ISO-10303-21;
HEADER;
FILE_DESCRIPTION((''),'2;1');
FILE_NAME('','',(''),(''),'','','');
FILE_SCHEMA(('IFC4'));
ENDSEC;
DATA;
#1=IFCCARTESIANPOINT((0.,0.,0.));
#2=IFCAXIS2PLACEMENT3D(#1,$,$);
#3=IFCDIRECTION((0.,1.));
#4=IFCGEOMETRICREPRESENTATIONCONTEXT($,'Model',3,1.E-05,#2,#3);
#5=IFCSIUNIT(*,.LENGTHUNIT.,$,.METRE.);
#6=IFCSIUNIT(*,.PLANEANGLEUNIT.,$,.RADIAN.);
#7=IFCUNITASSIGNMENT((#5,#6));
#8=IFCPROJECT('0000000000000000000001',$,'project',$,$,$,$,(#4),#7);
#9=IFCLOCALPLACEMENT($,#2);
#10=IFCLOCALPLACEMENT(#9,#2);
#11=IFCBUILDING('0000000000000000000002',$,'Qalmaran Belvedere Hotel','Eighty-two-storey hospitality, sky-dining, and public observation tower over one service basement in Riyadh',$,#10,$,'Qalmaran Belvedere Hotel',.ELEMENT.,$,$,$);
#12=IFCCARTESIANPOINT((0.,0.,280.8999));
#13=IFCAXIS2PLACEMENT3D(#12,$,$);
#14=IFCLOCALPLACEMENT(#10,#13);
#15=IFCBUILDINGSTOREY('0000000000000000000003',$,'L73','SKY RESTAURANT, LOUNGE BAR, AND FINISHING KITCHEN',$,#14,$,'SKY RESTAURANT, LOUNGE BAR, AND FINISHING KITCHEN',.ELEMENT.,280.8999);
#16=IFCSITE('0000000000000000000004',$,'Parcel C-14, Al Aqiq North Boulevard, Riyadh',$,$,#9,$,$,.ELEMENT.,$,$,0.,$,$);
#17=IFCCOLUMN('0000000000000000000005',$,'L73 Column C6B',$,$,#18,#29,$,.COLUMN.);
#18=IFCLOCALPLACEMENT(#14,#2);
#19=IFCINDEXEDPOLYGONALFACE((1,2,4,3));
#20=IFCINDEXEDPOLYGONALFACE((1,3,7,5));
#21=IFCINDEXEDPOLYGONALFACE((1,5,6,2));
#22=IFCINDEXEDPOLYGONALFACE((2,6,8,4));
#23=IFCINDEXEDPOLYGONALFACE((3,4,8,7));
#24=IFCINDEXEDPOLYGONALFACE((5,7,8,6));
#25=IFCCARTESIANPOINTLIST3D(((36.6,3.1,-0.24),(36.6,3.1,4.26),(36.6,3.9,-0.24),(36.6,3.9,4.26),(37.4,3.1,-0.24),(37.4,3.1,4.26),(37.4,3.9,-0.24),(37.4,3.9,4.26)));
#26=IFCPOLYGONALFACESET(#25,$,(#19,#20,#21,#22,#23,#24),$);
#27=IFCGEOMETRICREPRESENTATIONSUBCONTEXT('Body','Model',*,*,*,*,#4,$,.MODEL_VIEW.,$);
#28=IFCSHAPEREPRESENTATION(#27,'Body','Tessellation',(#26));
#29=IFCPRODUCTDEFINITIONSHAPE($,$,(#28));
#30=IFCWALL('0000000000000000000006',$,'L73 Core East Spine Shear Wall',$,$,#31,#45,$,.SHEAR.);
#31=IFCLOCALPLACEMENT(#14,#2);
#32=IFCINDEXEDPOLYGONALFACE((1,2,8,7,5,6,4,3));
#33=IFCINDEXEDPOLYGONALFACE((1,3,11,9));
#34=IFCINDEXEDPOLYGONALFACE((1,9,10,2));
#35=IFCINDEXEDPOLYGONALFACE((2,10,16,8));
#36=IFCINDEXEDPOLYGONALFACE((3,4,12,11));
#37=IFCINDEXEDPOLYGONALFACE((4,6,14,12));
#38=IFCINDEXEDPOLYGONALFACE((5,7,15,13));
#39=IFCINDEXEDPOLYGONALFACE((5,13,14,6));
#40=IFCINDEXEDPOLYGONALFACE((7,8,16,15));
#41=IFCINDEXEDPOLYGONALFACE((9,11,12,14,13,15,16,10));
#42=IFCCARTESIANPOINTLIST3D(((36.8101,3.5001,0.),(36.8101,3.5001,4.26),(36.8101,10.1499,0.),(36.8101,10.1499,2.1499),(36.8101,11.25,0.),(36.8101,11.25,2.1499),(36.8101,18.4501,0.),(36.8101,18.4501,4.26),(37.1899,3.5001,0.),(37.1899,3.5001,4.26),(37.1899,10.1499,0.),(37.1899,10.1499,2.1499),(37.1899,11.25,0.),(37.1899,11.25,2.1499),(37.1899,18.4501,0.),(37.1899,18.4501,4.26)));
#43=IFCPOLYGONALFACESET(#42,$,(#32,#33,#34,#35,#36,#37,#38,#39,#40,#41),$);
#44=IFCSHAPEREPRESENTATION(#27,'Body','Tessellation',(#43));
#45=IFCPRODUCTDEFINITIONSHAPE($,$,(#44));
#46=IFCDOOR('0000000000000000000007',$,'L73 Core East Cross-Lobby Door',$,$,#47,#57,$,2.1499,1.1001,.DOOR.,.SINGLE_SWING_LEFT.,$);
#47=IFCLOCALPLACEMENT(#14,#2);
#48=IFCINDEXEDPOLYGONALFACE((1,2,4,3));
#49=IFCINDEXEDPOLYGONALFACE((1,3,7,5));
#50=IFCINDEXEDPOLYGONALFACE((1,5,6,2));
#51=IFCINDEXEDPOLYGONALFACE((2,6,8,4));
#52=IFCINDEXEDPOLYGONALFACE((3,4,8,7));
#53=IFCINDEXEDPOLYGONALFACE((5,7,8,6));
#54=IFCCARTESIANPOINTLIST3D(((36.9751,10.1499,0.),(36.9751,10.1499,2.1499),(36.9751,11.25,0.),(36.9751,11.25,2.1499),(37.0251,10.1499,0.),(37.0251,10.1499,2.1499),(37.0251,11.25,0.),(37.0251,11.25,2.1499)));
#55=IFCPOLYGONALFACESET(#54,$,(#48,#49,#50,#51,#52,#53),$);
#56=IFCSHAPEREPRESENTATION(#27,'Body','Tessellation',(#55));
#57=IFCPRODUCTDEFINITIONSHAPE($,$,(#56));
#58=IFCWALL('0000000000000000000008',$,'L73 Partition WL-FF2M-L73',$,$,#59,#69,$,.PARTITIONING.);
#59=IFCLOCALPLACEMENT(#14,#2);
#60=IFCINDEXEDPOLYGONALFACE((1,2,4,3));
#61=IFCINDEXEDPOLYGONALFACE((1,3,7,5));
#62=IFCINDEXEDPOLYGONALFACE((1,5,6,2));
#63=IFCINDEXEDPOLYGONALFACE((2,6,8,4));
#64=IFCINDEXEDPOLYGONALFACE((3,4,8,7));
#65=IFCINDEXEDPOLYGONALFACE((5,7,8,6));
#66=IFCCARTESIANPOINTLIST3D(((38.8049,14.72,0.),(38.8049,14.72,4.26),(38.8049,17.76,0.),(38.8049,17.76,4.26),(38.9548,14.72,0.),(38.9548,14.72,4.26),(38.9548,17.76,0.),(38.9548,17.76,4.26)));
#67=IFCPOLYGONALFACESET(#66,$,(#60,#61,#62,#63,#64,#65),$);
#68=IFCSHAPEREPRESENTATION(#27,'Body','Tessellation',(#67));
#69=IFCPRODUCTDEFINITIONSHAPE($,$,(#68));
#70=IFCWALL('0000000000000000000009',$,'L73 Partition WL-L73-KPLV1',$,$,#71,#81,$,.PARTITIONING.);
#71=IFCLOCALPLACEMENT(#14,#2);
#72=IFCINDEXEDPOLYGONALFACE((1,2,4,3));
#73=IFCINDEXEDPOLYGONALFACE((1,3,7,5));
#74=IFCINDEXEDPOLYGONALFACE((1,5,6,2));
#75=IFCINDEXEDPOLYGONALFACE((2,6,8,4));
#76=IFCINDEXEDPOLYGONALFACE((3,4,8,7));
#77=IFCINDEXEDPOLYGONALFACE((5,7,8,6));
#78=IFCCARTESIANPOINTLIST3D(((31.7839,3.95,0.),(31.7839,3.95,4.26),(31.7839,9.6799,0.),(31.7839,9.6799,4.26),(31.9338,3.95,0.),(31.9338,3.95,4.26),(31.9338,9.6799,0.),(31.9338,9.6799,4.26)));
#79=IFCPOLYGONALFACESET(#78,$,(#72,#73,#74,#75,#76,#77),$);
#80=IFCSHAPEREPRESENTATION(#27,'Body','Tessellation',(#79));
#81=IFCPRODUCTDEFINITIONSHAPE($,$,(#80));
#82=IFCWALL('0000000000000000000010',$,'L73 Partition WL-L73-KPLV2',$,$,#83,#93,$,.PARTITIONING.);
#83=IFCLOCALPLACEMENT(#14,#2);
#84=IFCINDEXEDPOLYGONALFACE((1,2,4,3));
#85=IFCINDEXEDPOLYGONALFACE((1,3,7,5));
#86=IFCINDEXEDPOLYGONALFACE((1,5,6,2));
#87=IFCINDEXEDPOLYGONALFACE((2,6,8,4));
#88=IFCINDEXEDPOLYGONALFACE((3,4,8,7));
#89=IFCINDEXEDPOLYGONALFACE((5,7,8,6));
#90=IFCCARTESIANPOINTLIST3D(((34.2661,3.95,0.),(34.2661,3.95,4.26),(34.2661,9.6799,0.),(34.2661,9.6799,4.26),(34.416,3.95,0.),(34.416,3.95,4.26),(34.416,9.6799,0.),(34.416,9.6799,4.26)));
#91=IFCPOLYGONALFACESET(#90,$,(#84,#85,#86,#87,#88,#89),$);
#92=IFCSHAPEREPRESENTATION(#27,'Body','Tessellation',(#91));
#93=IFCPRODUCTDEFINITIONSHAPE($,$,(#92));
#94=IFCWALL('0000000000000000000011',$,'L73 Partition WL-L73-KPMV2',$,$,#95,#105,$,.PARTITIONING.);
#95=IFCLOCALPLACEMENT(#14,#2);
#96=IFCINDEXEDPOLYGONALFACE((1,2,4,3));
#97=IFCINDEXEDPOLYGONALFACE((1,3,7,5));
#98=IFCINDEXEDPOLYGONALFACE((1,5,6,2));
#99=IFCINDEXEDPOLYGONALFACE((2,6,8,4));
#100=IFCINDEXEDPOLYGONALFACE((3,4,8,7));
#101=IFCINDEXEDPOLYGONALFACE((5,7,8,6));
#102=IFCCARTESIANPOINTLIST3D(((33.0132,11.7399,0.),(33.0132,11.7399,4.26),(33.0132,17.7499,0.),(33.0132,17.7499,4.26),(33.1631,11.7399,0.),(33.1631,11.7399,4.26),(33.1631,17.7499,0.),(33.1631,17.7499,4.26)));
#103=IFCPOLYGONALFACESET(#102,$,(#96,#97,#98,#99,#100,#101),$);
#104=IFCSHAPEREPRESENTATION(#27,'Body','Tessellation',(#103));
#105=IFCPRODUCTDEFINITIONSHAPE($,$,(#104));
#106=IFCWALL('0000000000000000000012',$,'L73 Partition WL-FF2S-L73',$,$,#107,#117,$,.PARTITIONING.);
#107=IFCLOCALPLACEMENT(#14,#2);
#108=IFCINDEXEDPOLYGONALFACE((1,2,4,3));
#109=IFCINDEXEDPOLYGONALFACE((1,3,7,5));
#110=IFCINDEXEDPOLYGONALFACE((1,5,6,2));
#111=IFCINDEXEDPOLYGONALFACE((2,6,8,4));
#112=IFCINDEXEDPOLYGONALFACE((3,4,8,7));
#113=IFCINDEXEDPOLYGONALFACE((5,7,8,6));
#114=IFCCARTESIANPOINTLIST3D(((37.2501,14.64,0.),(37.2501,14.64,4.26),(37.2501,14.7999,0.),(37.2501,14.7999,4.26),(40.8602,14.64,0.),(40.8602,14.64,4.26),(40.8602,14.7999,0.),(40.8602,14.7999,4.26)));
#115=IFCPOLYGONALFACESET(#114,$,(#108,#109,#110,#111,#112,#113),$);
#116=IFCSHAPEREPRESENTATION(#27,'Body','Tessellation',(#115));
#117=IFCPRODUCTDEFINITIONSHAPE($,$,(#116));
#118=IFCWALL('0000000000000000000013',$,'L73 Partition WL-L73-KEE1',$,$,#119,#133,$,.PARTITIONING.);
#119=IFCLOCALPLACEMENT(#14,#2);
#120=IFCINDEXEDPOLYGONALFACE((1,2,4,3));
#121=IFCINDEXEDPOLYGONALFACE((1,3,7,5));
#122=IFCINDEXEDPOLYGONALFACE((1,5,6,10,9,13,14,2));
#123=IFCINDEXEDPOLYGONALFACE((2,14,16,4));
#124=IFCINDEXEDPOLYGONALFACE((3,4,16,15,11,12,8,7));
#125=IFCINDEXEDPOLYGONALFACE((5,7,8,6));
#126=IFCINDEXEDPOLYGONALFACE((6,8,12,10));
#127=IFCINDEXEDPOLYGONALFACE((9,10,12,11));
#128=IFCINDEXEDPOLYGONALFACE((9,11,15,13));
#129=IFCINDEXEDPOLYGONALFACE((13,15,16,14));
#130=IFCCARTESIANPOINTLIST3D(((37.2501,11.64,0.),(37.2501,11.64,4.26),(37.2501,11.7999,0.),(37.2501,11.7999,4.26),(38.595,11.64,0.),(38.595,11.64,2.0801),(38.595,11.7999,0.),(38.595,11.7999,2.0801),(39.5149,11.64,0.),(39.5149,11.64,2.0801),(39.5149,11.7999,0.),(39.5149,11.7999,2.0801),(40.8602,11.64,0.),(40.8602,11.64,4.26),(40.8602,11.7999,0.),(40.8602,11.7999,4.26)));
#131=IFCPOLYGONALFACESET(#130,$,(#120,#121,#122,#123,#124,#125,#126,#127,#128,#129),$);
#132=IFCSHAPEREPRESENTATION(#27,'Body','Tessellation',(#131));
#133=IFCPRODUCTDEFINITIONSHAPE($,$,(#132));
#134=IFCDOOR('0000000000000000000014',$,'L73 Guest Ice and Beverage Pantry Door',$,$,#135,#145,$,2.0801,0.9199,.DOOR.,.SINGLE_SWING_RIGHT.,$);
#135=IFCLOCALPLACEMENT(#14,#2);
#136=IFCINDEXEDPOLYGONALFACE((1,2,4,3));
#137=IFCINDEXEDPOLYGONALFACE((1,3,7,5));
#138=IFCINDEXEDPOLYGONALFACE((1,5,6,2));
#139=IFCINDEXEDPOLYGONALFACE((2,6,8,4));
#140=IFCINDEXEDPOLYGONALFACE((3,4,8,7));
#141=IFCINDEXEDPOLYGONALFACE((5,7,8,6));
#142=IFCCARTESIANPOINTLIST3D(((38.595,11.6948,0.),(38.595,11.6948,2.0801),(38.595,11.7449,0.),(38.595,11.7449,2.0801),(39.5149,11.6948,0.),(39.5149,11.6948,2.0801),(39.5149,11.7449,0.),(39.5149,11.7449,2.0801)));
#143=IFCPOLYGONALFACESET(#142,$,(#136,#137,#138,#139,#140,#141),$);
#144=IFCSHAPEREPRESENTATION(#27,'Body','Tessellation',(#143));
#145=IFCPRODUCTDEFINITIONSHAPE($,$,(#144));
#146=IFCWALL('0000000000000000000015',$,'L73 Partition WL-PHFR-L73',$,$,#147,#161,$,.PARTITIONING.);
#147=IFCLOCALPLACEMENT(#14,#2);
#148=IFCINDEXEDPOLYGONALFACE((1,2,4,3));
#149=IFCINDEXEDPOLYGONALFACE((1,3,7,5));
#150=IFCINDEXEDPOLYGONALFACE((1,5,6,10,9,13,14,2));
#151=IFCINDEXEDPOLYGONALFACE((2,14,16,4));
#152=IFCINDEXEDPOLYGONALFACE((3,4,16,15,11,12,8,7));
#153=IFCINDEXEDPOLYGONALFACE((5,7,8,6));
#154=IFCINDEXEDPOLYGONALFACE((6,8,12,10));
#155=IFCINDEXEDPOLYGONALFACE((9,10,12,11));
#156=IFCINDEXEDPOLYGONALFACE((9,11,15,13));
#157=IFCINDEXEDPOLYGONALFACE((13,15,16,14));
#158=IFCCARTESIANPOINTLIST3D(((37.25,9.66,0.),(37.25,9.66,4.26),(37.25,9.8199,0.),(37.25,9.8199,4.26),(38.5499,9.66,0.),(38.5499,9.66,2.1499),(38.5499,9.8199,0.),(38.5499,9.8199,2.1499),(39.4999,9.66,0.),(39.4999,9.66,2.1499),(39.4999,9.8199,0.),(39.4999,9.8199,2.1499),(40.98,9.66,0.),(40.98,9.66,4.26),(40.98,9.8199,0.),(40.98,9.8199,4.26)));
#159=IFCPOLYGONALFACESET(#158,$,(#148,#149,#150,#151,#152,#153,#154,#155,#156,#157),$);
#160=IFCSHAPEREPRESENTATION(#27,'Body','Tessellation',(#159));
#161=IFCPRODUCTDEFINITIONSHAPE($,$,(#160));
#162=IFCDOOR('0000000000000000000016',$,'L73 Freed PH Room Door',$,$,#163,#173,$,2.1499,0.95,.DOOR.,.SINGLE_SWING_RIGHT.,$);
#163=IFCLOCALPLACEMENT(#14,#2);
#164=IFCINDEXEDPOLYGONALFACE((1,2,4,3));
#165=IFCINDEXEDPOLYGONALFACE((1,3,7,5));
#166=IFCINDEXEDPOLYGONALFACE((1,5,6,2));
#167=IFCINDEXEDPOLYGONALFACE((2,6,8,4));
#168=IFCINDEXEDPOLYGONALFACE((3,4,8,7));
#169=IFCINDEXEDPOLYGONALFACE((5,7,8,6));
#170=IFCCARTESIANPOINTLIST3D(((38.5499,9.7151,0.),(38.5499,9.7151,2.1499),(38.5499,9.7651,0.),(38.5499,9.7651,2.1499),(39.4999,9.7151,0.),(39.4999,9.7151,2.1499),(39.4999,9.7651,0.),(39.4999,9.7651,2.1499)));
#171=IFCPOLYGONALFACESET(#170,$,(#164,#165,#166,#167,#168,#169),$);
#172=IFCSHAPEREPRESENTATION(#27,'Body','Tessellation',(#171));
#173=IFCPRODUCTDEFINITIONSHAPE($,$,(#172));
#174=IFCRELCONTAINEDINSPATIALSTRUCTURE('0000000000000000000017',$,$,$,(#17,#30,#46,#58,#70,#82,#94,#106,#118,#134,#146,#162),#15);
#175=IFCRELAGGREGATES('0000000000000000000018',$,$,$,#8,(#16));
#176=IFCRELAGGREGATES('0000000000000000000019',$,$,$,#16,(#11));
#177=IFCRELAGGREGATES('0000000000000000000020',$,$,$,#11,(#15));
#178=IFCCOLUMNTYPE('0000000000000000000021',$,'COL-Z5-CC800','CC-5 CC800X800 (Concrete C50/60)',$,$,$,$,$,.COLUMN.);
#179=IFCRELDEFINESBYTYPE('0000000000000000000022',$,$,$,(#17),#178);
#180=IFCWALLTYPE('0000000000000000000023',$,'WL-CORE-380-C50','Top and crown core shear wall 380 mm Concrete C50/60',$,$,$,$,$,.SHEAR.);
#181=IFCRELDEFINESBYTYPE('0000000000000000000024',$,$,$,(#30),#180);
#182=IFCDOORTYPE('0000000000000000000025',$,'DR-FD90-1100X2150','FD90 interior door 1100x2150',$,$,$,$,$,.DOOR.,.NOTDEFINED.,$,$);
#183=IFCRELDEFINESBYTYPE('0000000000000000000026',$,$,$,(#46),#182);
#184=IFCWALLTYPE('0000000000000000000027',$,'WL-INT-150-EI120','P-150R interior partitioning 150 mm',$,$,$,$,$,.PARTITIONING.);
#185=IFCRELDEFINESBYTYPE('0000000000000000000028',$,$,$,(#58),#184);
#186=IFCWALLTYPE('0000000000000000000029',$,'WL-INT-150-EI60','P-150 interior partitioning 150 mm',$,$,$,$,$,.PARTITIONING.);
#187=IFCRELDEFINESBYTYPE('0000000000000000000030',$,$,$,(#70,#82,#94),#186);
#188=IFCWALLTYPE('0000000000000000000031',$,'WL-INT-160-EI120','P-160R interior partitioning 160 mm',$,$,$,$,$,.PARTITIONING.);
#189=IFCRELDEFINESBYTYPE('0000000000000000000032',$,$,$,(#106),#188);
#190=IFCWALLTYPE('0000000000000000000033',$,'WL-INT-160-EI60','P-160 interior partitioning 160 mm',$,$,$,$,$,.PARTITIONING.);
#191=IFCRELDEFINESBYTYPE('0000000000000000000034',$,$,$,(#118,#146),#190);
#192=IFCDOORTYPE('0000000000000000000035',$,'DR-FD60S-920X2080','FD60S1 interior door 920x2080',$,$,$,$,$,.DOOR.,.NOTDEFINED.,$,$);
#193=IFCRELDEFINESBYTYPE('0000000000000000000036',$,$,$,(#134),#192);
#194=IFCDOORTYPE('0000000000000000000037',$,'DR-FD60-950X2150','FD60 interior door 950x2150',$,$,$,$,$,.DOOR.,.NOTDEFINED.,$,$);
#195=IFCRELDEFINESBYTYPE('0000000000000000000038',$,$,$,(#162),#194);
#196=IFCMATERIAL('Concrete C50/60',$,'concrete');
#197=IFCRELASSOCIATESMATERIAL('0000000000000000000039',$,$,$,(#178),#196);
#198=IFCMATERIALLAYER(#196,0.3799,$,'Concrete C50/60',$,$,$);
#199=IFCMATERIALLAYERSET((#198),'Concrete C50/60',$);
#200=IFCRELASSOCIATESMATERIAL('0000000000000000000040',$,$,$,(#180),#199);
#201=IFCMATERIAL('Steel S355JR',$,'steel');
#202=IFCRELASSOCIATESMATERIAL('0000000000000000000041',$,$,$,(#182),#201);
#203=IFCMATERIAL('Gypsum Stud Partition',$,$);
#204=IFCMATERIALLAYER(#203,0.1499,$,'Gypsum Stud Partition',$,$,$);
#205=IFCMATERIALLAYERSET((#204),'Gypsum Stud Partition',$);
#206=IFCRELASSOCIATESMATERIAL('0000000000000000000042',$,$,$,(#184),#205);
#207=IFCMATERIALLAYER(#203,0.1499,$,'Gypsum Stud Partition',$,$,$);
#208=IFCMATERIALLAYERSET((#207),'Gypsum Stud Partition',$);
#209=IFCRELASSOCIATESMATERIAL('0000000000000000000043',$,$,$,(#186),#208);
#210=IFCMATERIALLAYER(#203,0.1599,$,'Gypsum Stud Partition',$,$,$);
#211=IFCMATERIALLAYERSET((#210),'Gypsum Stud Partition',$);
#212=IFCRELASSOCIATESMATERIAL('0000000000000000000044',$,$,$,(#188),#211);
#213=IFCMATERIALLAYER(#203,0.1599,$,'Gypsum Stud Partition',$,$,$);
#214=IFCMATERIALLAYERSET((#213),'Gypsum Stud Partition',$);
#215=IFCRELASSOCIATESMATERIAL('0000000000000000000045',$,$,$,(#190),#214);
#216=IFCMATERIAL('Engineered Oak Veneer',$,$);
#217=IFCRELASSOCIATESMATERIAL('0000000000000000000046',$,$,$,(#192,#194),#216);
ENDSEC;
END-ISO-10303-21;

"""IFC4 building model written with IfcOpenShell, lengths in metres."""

from ifc_helpers import new_model, si_unit, direction, frame, frame_2d, origin, origin_2d, place, context, subcontext, project, spatial, rectangle, extrude, material, layer, layer_set, material_profile, profile_set, type_object, element, fill, save


model = new_model("IFC4")

# Units and contexts
model_context = context("Model", 3, precision=1e-05, world=origin(), true_north=direction((0.0, 1.0)))
body_context = subcontext(model_context, "Body", "Model", "MODEL_VIEW")
ifc_project = project(units=[si_unit("LENGTHUNIT", "METRE"), si_unit("PLANEANGLEUNIT", "RADIAN")], contexts=[model_context])

# Site, building, storey
site_placement = place(None, origin())
site = spatial("IfcSite", under=ifc_project, at=site_placement, Name="Parcel C-14, Al Aqiq North Boulevard, Riyadh", CompositionType="ELEMENT", RefElevation=0.0)
building_placement = place(site_placement, origin())
building = spatial("IfcBuilding", under=site, at=building_placement, Name="Qalmaran Belvedere Hotel", Description="Eighty-two-storey hospitality, sky-dining, and public observation tower over one service basement in Riyadh", LongName="Qalmaran Belvedere Hotel", CompositionType="ELEMENT")
storey_placement = place(building_placement, frame((0.0, 0.0, 280.8999)))
storey = spatial("IfcBuildingStorey", under=building, at=storey_placement, Name="L73", Description="SKY RESTAURANT, LOUNGE BAR, AND FINISHING KITCHEN", LongName="SKY RESTAURANT, LOUNGE BAR, AND FINISHING KITCHEN", CompositionType="ELEMENT", Elevation=280.8999)

# Column
ifc_material_1 = material(Name="Concrete C50/60", Category="concrete")
ifc_material_profile = material_profile(ifc_material_1, rectangle(XDim=0.8, YDim=0.8, at=origin_2d()), Name="CC800X800")
ifc_profile_set = profile_set([ifc_material_profile], Name="Concrete C50/60")
column_type = type_object("IfcColumnType", Name="COL-Z5-CC800", Description="CC-5 CC800X800 (Concrete C50/60)", PredefinedType="COLUMN", material=ifc_profile_set)
column_placement = place(storey_placement, frame((37.0, 3.5, -0.24), z_axis=(0.0, 0.0, 1.0), x_axis=(1.0, 0.0, 0.0)))
element("IfcColumn", 1, at=column_placement, inside=storey, type_object=column_type, Name="L73 Column C6B", PredefinedType="COLUMN", context=body_context, shape_type="SweptSolid", body=[
    extrude(rectangle(XDim=0.8, YDim=0.8, at=origin_2d()), origin(), (0.0, 0.0, 1.0), 4.5),
])

# Wall, opening, door
ifc_layer_1 = layer(ifc_material_1, 0.3799, Name="Concrete C50/60")
ifc_layer_set_1 = layer_set([ifc_layer_1], Name="Concrete C50/60")
wall_type_1 = type_object("IfcWallType", Name="WL-CORE-380-C50", Description="Top and crown core shear wall 380 mm Concrete C50/60", PredefinedType="SHEAR", material=ifc_layer_set_1)
wall_1_placement = place(storey_placement, frame((37.0, 3.5, 0.0), z_axis=(0.0, 0.0, 1.0), x_axis=(0.0, 1.0, 0.0)))
wall_1 = element("IfcWall", 2, at=wall_1_placement, inside=storey, type_object=wall_type_1, Name="L73 Core East Spine Shear Wall", PredefinedType="SHEAR", context=body_context, shape_type="SweptSolid", body=[
    extrude(rectangle(XDim=14.95, YDim=0.3799, at=frame_2d((7.4751, 0.0))), origin(), (0.0, 0.0, 1.0), 4.26),
])
opening_1_placement = place(wall_1_placement, frame((6.6499, 0.0, 0.0)))
opening_1 = element("IfcOpeningElement", 3, at=opening_1_placement, cuts=wall_1, PredefinedType="OPENING", context=body_context, shape_type="SweptSolid", body=[
    extrude(rectangle(XDim=1.1001, YDim=2.1499, at=frame_2d((0.55, 1.075))), frame((0.0, 0.2, 0.0), z_axis=(0.0, -1.0, 0.0), x_axis=(1.0, 0.0, 0.0)), (0.0, 0.0, 1.0), 0.3999),
])
ifc_material_2 = material(Name="Steel S355JR", Category="steel")
door_type_1 = type_object("IfcDoorType", Name="DR-FD90-1100X2150", Description="FD90 interior door 1100x2150", OperationType="NOTDEFINED", PredefinedType="DOOR", material=ifc_material_2)
door_1_placement = place(opening_1_placement, origin())
door_1 = element("IfcDoor", 4, at=door_1_placement, inside=storey, type_object=door_type_1, Name="L73 Core East Cross-Lobby Door", OperationType="SINGLE_SWING_LEFT", OverallHeight=2.1499, OverallWidth=1.1001, PredefinedType="DOOR", context=body_context, shape_type="SweptSolid", body=[
    extrude(rectangle(XDim=1.1001, YDim=2.1499, at=frame_2d((0.55, 1.075))), frame((0.0, 0.0249, 0.0), z_axis=(0.0, -1.0, 0.0), x_axis=(1.0, 0.0, 0.0)), (0.0, 0.0, 1.0), 0.05),
])
fill(opening_1, door_1)

# Walls
ifc_material_3 = material(Name="Gypsum Stud Partition")
ifc_layer_2 = layer(ifc_material_3, 0.1499, Name="Gypsum Stud Partition")
ifc_layer_set_2 = layer_set([ifc_layer_2], Name="Gypsum Stud Partition")
wall_type_2 = type_object("IfcWallType", Name="WL-INT-150-EI120", Description="P-150R interior partitioning 150 mm", PredefinedType="PARTITIONING", material=ifc_layer_set_2)
wall_2_placement = place(storey_placement, frame((38.8799, 14.72, 0.0), z_axis=(0.0, 0.0, 1.0), x_axis=(0.0, 1.0, 0.0)))
element("IfcWall", 5, at=wall_2_placement, inside=storey, type_object=wall_type_2, Name="L73 Partition WL-FF2M-L73", PredefinedType="PARTITIONING", context=body_context, shape_type="SweptSolid", body=[
    extrude(rectangle(XDim=3.04, YDim=0.1499, at=frame_2d((1.52, 0.0))), origin(), (0.0, 0.0, 1.0), 4.26),
])
ifc_layer_3 = layer(ifc_material_3, 0.1499, Name="Gypsum Stud Partition")
ifc_layer_set_3 = layer_set([ifc_layer_3], Name="Gypsum Stud Partition")
wall_type_3 = type_object("IfcWallType", Name="WL-INT-150-EI60", Description="P-150 interior partitioning 150 mm", PredefinedType="PARTITIONING", material=ifc_layer_set_3)
for number, where, z_axis, x_axis, name in (
    (6, (31.8589, 3.95, 0.0), (0.0, 0.0, 1.0), (0.0, 1.0, 0.0), "L73 Partition WL-L73-KPLV1"),
    (7, (34.3411, 3.95, 0.0), (0.0, 0.0, 1.0), (0.0, 1.0, 0.0), "L73 Partition WL-L73-KPLV2"),
):
    element("IfcWall", number, at=place(storey_placement, frame(where, z_axis=z_axis, x_axis=x_axis)), inside=storey, type_object=wall_type_3, Name=name, PredefinedType="PARTITIONING", context=body_context, shape_type="SweptSolid", body=[
        extrude(rectangle(XDim=5.73, YDim=0.1499, at=frame_2d((2.865, 0.0))), origin(), (0.0, 0.0, 1.0), 4.26),
    ])
wall_3_placement = place(storey_placement, frame((33.0881, 11.74, 0.0), z_axis=(0.0, 0.0, 1.0), x_axis=(0.0, 1.0, 0.0)))
element("IfcWall", 8, at=wall_3_placement, inside=storey, type_object=wall_type_3, Name="L73 Partition WL-L73-KPMV2", PredefinedType="PARTITIONING", context=body_context, shape_type="SweptSolid", body=[
    extrude(rectangle(XDim=6.01, YDim=0.1499, at=frame_2d((3.0049, 0.0))), origin(), (0.0, 0.0, 1.0), 4.26),
])
ifc_layer_4 = layer(ifc_material_3, 0.1599, Name="Gypsum Stud Partition")
ifc_layer_set_4 = layer_set([ifc_layer_4], Name="Gypsum Stud Partition")
wall_type_4 = type_object("IfcWallType", Name="WL-INT-160-EI120", Description="P-160R interior partitioning 160 mm", PredefinedType="PARTITIONING", material=ifc_layer_set_4)
wall_4_placement = place(storey_placement, frame((37.25, 14.72, 0.0), z_axis=(0.0, 0.0, 1.0), x_axis=(1.0, 0.0, 0.0)))
element("IfcWall", 9, at=wall_4_placement, inside=storey, type_object=wall_type_4, Name="L73 Partition WL-FF2S-L73", PredefinedType="PARTITIONING", context=body_context, shape_type="SweptSolid", body=[
    extrude(rectangle(XDim=3.6101, YDim=0.1599, at=frame_2d((1.8052, 0.0))), origin(), (0.0, 0.0, 1.0), 4.26),
])

# Walls, openings, doors
ifc_layer_5 = layer(ifc_material_3, 0.1599, Name="Gypsum Stud Partition")
ifc_layer_set_5 = layer_set([ifc_layer_5], Name="Gypsum Stud Partition")
wall_type_5 = type_object("IfcWallType", Name="WL-INT-160-EI60", Description="P-160 interior partitioning 160 mm", PredefinedType="PARTITIONING", material=ifc_layer_set_5)
wall_5_placement = place(storey_placement, frame((37.25, 11.72, 0.0), z_axis=(0.0, 0.0, 1.0), x_axis=(1.0, 0.0, 0.0)))
wall_5 = element("IfcWall", 10, at=wall_5_placement, inside=storey, type_object=wall_type_5, Name="L73 Partition WL-L73-KEE1", PredefinedType="PARTITIONING", context=body_context, shape_type="SweptSolid", body=[
    extrude(rectangle(XDim=3.6101, YDim=0.1599, at=frame_2d((1.8052, 0.0))), origin(), (0.0, 0.0, 1.0), 4.26),
])
opening_2_placement = place(wall_5_placement, frame((1.345, 0.0, 0.0)))
opening_2 = element("IfcOpeningElement", 11, at=opening_2_placement, cuts=wall_5, PredefinedType="OPENING", context=body_context, shape_type="SweptSolid", body=[
    extrude(rectangle(XDim=0.9199, YDim=2.0801, at=frame_2d((0.46, 1.04))), frame((0.0, 0.0898, 0.0), z_axis=(0.0, -1.0, 0.0), x_axis=(1.0, 0.0, 0.0)), (0.0, 0.0, 1.0), 0.1799),
])
ifc_material_4 = material(Name="Engineered Oak Veneer")
door_type_2 = type_object("IfcDoorType", Name="DR-FD60S-920X2080", Description="FD60S1 interior door 920x2080", OperationType="NOTDEFINED", PredefinedType="DOOR", material=ifc_material_4)
door_2_placement = place(opening_2_placement, origin())
door_2 = element("IfcDoor", 12, at=door_2_placement, inside=storey, type_object=door_type_2, Name="L73 Guest Ice and Beverage Pantry Door", OperationType="SINGLE_SWING_RIGHT", OverallHeight=2.0801, OverallWidth=0.9199, PredefinedType="DOOR", context=body_context, shape_type="SweptSolid", body=[
    extrude(rectangle(XDim=0.9199, YDim=2.0801, at=frame_2d((0.46, 1.04))), frame((0.0, 0.0249, 0.0), z_axis=(0.0, -1.0, 0.0), x_axis=(1.0, 0.0, 0.0)), (0.0, 0.0, 1.0), 0.05),
])
fill(opening_2, door_2)
wall_6_placement = place(storey_placement, frame((37.25, 9.74, 0.0), z_axis=(0.0, 0.0, 1.0), x_axis=(1.0, 0.0, 0.0)))
wall_6 = element("IfcWall", 13, at=wall_6_placement, inside=storey, type_object=wall_type_5, Name="L73 Partition WL-PHFR-L73", PredefinedType="PARTITIONING", context=body_context, shape_type="SweptSolid", body=[
    extrude(rectangle(XDim=3.73, YDim=0.1599, at=frame_2d((1.865, 0.0))), origin(), (0.0, 0.0, 1.0), 4.26),
])
opening_3_placement = place(wall_6_placement, frame((2.25, 0.0, 0.0), z_axis=(0.0, 0.0, 1.0), x_axis=(-1.0, 0.0, 0.0)))
opening_3 = element("IfcOpeningElement", 14, at=opening_3_placement, cuts=wall_6, PredefinedType="OPENING", context=body_context, shape_type="SweptSolid", body=[
    extrude(rectangle(XDim=0.95, YDim=2.1499, at=frame_2d((0.4751, 1.075))), frame((0.0, 0.0898, 0.0), z_axis=(0.0, -1.0, 0.0), x_axis=(1.0, 0.0, 0.0)), (0.0, 0.0, 1.0), 0.1799),
])
door_type_3 = type_object("IfcDoorType", Name="DR-FD60-950X2150", Description="FD60 interior door 950x2150", OperationType="NOTDEFINED", PredefinedType="DOOR", material=ifc_material_4)
door_3_placement = place(opening_3_placement, origin())
door_3 = element("IfcDoor", 15, at=door_3_placement, inside=storey, type_object=door_type_3, Name="L73 Freed PH Room Door", OperationType="SINGLE_SWING_RIGHT", OverallHeight=2.1499, OverallWidth=0.95, PredefinedType="DOOR", context=body_context, shape_type="SweptSolid", body=[
    extrude(rectangle(XDim=0.95, YDim=2.1499, at=frame_2d((0.4751, 1.075))), frame((0.0, 0.0249, 0.0), z_axis=(0.0, -1.0, 0.0), x_axis=(1.0, 0.0, 0.0)), (0.0, 0.0, 1.0), 0.05),
])
fill(opening_3, door_3)

save(model, "model.ifc")
